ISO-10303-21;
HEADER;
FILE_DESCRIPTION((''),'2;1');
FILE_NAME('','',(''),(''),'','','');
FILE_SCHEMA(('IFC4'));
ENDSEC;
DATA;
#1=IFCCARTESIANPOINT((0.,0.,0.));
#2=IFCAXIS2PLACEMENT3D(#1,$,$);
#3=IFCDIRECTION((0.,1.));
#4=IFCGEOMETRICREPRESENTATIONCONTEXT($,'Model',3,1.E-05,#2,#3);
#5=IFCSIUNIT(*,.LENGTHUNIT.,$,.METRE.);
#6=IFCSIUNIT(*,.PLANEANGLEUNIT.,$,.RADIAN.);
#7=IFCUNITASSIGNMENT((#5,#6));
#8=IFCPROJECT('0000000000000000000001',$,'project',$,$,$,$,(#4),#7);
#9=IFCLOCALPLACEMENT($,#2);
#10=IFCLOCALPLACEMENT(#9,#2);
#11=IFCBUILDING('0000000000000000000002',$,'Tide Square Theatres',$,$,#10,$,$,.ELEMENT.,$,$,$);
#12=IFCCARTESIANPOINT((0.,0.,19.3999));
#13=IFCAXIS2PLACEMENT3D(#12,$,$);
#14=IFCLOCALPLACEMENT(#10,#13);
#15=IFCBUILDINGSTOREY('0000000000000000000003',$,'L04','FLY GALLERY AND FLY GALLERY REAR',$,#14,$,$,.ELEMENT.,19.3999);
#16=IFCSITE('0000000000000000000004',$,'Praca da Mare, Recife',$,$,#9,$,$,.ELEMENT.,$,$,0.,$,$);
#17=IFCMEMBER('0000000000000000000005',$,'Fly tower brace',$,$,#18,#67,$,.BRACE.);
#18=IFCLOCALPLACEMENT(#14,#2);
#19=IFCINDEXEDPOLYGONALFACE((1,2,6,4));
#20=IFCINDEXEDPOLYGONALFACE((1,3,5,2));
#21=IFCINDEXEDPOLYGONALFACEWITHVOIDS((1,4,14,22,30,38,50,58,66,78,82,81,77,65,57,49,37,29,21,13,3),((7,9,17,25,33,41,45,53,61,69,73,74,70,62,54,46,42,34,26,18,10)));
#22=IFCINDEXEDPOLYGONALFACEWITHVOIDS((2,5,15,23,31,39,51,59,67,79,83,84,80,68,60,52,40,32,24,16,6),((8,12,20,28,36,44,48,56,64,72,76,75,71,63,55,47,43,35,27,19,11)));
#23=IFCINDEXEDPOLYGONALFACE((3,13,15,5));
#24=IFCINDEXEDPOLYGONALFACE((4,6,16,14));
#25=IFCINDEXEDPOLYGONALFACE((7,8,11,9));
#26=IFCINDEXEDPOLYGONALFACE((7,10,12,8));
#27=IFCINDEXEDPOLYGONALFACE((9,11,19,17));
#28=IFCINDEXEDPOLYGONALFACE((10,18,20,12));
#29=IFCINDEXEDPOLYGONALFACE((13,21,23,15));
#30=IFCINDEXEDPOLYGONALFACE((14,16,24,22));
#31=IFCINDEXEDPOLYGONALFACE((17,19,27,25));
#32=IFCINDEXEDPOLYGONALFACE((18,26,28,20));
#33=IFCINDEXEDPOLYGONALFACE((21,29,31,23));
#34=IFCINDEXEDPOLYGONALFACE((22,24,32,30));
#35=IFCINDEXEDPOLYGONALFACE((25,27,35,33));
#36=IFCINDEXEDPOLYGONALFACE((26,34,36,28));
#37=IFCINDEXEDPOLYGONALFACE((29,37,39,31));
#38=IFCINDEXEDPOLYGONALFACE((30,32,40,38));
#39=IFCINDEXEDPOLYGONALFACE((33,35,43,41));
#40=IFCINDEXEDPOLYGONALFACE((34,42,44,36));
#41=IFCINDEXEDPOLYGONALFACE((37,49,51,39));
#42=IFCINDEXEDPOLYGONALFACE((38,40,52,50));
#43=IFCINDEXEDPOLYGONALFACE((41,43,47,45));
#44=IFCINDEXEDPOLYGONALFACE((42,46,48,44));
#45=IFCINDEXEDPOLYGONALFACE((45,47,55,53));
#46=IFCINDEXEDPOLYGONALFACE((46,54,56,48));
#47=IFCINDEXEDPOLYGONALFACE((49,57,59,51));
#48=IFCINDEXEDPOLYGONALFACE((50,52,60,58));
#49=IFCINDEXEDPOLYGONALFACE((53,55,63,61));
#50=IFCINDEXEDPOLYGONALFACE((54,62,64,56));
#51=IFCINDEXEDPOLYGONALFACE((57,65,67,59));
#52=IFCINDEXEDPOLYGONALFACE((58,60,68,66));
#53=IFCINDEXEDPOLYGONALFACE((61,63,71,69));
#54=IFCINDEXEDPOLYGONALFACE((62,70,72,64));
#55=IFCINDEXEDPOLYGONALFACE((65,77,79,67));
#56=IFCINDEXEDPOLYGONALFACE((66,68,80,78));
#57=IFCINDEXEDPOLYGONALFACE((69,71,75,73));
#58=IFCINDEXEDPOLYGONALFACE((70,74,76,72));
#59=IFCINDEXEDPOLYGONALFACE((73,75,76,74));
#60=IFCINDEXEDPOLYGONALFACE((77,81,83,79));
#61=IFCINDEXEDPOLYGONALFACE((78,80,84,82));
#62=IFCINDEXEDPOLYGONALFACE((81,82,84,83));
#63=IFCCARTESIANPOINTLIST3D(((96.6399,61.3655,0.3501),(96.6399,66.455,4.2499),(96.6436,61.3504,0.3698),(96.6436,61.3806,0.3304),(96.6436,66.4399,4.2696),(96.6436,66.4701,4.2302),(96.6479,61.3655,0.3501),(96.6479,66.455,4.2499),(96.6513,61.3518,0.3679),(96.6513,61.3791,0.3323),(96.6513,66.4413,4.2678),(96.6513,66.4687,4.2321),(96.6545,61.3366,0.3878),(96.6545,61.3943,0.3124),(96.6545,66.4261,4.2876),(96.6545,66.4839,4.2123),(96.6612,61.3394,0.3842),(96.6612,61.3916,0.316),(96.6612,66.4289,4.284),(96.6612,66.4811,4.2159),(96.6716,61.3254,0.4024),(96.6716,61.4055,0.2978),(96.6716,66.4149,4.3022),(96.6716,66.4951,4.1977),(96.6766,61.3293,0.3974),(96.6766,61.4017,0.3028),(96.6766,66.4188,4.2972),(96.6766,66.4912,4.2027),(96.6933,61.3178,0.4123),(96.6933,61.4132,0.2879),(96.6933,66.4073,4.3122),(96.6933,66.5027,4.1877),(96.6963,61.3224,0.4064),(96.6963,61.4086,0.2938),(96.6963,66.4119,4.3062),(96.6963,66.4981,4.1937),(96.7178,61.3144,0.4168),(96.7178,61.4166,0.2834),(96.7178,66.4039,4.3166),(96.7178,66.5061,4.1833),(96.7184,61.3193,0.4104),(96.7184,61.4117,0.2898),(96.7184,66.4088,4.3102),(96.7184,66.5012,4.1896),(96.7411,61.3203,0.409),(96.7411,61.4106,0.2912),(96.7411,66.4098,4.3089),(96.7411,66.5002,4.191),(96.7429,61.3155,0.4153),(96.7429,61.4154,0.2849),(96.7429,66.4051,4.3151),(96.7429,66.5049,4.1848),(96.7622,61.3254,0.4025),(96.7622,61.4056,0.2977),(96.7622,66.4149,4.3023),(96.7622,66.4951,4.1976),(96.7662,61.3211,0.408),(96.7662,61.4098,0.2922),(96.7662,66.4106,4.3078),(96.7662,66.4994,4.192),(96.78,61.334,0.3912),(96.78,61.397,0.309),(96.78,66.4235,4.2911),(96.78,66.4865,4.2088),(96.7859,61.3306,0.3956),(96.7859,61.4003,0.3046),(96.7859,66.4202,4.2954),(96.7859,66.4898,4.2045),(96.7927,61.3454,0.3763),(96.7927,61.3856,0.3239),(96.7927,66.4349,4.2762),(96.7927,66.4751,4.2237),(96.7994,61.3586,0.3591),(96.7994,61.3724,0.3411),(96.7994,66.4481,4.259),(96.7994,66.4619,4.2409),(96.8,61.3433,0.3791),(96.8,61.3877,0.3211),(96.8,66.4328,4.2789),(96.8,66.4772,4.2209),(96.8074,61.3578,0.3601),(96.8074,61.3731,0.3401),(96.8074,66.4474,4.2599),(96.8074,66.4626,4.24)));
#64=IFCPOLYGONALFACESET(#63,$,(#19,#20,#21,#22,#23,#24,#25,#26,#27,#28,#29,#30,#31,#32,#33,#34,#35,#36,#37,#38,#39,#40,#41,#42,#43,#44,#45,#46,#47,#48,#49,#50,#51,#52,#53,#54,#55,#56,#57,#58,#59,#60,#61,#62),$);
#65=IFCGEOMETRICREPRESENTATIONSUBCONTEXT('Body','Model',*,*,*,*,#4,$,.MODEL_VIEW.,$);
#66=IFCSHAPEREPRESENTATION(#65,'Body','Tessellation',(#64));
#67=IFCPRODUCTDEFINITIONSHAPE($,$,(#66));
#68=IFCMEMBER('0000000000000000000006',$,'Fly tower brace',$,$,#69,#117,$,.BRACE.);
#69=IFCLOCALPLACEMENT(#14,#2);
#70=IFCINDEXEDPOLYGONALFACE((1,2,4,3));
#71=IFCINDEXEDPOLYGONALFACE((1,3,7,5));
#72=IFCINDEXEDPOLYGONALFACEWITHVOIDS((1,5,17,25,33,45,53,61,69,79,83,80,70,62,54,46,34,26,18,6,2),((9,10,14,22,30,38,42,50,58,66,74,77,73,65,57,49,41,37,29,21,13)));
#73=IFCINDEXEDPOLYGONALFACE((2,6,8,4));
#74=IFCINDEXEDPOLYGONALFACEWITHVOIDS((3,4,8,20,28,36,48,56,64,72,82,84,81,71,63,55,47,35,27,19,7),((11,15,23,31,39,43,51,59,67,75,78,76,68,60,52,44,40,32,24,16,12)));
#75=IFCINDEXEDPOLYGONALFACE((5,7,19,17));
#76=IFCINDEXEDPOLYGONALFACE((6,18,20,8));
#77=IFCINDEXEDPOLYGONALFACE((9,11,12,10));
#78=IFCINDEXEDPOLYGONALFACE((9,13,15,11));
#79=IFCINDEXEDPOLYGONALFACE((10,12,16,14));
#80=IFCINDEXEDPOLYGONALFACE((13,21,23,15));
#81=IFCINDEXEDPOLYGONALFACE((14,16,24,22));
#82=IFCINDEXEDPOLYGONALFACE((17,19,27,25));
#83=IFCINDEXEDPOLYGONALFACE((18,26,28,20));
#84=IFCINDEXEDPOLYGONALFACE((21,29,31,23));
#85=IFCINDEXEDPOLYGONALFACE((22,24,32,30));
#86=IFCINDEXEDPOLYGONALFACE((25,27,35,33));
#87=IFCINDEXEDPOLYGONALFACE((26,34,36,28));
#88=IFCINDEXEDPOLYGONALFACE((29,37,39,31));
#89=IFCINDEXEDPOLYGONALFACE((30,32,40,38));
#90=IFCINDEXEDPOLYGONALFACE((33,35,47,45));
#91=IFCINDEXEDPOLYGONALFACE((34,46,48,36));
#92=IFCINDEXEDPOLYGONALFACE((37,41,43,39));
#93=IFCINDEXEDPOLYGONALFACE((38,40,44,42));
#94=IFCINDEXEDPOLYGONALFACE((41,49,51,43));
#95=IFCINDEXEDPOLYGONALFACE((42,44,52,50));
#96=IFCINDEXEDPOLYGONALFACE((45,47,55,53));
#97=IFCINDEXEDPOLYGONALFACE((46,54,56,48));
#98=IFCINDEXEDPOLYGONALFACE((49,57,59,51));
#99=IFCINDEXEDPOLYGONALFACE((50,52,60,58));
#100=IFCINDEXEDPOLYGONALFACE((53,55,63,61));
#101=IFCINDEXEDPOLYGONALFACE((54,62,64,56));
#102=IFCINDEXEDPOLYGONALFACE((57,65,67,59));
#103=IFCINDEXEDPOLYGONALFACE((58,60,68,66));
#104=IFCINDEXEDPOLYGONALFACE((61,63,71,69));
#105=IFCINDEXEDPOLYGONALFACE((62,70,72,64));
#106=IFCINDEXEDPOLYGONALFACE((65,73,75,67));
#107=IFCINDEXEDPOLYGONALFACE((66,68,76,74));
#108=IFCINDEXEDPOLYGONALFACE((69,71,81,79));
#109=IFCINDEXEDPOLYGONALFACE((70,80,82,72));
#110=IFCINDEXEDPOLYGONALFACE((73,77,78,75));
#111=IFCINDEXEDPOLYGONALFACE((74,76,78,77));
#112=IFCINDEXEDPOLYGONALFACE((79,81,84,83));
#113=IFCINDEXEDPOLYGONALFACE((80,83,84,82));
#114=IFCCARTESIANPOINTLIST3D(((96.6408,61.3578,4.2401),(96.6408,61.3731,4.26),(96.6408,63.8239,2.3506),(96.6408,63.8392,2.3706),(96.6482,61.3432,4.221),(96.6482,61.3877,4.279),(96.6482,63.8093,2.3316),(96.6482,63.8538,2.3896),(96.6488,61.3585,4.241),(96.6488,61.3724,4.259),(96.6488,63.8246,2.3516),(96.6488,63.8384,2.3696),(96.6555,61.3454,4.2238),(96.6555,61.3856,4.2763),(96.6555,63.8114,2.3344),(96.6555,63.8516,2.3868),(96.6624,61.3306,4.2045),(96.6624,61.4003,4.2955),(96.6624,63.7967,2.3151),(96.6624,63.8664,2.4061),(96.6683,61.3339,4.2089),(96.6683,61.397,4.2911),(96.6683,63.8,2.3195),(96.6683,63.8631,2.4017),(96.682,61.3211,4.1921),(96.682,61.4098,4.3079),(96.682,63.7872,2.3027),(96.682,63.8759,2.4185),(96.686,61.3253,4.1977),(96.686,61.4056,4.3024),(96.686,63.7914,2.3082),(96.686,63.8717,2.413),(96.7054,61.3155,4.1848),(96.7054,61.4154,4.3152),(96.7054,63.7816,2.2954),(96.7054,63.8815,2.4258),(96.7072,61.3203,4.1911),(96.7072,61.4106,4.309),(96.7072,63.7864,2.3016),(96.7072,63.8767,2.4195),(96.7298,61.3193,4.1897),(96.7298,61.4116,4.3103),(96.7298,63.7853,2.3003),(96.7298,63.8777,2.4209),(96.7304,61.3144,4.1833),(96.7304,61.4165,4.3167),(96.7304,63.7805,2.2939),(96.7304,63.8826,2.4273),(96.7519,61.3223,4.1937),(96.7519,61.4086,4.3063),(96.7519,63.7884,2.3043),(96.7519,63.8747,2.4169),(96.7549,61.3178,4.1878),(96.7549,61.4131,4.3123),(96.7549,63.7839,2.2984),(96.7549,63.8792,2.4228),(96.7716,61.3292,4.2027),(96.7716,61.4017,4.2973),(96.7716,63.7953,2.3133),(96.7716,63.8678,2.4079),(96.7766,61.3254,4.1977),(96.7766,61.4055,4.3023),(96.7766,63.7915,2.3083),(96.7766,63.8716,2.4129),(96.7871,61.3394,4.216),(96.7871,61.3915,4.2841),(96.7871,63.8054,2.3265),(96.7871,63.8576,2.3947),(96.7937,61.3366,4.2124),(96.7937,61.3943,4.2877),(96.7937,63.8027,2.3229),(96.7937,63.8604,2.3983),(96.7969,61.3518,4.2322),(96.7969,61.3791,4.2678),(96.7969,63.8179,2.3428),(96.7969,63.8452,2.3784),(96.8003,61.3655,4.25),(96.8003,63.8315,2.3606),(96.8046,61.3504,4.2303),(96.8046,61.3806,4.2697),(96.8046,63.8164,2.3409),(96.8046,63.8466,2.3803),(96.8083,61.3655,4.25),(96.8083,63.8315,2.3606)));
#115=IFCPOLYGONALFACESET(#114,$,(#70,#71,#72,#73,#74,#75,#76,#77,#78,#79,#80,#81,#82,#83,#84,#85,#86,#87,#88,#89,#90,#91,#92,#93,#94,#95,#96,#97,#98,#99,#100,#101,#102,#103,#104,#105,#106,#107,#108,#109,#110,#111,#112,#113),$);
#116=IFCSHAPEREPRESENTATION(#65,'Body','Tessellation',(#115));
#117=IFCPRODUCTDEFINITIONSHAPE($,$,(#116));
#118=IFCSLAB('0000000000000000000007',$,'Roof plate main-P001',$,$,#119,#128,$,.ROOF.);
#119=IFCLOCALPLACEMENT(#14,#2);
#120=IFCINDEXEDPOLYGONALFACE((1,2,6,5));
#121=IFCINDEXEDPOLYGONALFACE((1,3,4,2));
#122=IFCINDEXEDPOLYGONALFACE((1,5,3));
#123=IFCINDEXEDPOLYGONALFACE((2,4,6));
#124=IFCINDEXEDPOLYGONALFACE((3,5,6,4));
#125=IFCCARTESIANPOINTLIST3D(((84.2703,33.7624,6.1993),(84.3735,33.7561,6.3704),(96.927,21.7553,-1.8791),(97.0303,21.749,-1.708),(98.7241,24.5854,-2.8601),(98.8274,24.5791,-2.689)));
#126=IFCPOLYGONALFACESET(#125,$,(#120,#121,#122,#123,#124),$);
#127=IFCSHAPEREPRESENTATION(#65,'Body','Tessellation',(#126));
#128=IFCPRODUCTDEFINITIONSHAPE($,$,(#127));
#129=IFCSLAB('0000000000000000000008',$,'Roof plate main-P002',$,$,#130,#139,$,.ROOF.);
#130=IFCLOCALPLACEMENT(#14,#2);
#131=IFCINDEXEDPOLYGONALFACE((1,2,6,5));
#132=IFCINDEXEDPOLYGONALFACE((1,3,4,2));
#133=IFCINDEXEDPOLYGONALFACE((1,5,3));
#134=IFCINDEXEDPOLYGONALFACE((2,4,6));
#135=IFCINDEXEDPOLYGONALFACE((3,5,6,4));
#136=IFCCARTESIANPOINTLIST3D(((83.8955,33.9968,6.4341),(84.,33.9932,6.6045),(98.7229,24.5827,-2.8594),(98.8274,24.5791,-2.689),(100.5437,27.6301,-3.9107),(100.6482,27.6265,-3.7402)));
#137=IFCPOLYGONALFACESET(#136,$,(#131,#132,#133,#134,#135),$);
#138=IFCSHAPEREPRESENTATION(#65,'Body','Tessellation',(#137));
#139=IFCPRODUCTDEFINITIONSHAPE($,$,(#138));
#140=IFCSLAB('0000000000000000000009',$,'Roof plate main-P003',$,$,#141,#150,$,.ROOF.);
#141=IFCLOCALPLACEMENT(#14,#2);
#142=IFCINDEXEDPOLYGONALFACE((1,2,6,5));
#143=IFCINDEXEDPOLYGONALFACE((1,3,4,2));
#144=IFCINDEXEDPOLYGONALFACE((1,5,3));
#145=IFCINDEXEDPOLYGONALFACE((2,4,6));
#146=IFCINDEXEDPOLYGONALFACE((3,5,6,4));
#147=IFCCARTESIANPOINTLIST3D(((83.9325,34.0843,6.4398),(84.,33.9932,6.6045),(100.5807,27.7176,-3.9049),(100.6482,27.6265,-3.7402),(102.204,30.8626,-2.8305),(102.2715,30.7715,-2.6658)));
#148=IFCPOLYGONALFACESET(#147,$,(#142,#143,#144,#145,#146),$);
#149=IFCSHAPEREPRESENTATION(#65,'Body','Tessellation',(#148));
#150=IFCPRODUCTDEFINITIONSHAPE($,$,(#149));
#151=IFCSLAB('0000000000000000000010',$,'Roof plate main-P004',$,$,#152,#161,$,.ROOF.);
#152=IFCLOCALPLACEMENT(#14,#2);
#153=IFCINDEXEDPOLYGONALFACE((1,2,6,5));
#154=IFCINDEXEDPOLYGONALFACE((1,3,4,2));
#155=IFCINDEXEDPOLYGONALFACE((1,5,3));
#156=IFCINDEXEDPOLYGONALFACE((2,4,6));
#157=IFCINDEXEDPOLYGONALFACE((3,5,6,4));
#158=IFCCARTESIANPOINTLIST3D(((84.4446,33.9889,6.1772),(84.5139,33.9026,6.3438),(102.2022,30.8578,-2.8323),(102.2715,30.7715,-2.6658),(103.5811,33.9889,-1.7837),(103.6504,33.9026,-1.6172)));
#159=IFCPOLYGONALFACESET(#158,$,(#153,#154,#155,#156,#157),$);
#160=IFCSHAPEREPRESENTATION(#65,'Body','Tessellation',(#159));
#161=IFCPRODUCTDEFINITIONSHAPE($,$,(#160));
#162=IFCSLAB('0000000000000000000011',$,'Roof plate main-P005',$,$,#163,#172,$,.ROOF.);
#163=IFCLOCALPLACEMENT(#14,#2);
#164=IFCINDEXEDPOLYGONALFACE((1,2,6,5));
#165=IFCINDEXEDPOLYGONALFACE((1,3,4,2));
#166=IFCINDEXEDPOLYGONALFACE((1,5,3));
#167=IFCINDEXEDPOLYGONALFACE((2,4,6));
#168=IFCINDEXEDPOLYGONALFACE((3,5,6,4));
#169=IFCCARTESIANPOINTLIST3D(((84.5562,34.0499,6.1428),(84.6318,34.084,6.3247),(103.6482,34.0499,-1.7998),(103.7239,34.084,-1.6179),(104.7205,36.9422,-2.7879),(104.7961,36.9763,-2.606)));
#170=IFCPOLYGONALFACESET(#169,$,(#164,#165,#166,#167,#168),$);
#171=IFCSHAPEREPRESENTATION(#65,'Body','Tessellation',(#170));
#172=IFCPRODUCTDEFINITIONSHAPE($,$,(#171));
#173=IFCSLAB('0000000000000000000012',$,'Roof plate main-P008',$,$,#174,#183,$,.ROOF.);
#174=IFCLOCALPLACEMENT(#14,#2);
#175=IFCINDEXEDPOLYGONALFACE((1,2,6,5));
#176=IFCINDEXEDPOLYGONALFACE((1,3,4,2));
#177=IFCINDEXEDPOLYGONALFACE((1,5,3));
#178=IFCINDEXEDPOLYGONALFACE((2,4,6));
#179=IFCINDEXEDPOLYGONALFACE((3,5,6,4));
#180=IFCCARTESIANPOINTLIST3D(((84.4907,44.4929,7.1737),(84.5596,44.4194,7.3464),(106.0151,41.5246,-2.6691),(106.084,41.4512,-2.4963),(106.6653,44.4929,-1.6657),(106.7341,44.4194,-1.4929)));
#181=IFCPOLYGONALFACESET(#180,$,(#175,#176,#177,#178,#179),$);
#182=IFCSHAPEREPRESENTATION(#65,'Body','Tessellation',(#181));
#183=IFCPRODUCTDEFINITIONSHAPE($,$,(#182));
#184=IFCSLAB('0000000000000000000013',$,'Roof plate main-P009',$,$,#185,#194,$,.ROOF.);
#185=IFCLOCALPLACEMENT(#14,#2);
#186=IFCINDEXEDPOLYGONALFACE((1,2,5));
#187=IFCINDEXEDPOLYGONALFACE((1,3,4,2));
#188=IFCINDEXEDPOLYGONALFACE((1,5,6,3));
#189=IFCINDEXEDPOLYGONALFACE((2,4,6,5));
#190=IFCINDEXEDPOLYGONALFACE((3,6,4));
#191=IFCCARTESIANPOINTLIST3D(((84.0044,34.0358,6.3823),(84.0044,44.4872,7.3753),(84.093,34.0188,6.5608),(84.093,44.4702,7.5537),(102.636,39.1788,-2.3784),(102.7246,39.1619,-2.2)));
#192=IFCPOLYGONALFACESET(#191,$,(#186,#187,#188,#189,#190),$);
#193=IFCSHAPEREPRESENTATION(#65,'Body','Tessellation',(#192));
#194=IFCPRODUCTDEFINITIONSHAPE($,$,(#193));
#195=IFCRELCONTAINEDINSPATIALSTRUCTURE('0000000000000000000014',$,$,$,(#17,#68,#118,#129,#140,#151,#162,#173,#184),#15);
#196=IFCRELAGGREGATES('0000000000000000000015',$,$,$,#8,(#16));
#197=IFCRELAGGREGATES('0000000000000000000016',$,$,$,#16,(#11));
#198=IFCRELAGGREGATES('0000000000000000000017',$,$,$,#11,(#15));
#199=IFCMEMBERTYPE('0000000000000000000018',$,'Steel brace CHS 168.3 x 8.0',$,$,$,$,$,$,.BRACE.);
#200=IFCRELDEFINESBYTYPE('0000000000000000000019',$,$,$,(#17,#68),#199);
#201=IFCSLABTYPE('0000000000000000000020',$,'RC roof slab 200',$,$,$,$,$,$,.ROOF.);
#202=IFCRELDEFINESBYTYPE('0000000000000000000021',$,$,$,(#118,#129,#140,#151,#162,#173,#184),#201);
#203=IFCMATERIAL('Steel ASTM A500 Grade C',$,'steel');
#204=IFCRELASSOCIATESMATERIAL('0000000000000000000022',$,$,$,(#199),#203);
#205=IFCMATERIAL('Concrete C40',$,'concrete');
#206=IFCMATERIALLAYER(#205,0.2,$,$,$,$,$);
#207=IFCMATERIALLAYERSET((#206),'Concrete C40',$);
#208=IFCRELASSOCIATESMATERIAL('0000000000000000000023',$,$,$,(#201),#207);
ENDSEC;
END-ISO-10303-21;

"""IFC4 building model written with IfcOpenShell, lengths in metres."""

from ifc_helpers import new_model, si_unit, direction, frame, origin, origin_2d, place, context, subcontext, project, spatial, polyline, hollow_circle, outline, extrude, material, layer, layer_set, material_profile, profile_set, type_object, element, save


model = new_model("IFC4")

# Units and contexts
model_context = context("Model", 3, precision=1e-05, world=origin(), true_north=direction((0.0, 1.0)))
body_context = subcontext(model_context, "Body", "Model", "MODEL_VIEW")
ifc_project = project(units=[si_unit("LENGTHUNIT", "METRE"), si_unit("PLANEANGLEUNIT", "RADIAN")], contexts=[model_context])

# Site, building, storey
site_placement = place(None, origin())
site = spatial("IfcSite", under=ifc_project, at=site_placement, Name="Praca da Mare, Recife", CompositionType="ELEMENT", RefElevation=0.0)
building_placement = place(site_placement, origin())
building = spatial("IfcBuilding", under=site, at=building_placement, Name="Tide Square Theatres", CompositionType="ELEMENT")
storey_placement = place(building_placement, frame((0.0, 0.0, 19.3999)))
storey = spatial("IfcBuildingStorey", under=building, at=storey_placement, Name="L04", Description="FLY GALLERY AND FLY GALLERY REAR", CompositionType="ELEMENT", Elevation=19.3999)

# Members
ifc_material_1 = material(Name="Steel ASTM A500 Grade C", Category="steel")
ifc_material_profile_1 = material_profile(ifc_material_1, hollow_circle(Radius=0.0842, WallThickness=0.0081, at=origin_2d()))
ifc_profile_set_1 = profile_set([ifc_material_profile_1], Name="Steel ASTM A500 Grade C")
member_type = type_object("IfcMemberType", Name="Steel brace CHS 168.3 x 8.0", PredefinedType="BRACE", material=ifc_profile_set_1)
member_1_placement = place(storey_placement, frame((96.7241, 61.3655, 0.3501), z_axis=(0.0, 0.793766, 0.608223), x_axis=(-1.0, 0.0, 0.0)))
element("IfcMember", 1, at=member_1_placement, inside=storey, type_object=member_type, Name="Fly tower brace", PredefinedType="BRACE", context=body_context, shape_type="SweptSolid", body=[
    extrude(hollow_circle(Radius=0.0842, WallThickness=0.0081, at=origin_2d()), origin(), (0.0, 0.0, 1.0), 6.4119),
])
member_2_placement = place(storey_placement, frame((96.7241, 63.8315, 2.3606), z_axis=(0.0, -0.7938, 0.608179), x_axis=(1.0, 0.0, 0.0)))
element("IfcMember", 2, at=member_2_placement, inside=storey, type_object=member_type, Name="Fly tower brace", PredefinedType="BRACE", context=body_context, shape_type="SweptSolid", body=[
    extrude(hollow_circle(Radius=0.0842, WallThickness=0.0081, at=origin_2d()), origin(), (0.0, 0.0, 1.0), 3.1067),
])

# Slabs
ifc_material_2 = material(Name="Concrete C40", Category="concrete")
ifc_layer_1 = layer(ifc_material_2, 0.2)
ifc_layer_set_1 = layer_set([ifc_layer_1], Name="Concrete C40")
slab_type = type_object("IfcSlabType", Name="RC roof slab 200", PredefinedType="ROOF", material=ifc_layer_set_1)
slab_1_placement = place(storey_placement, frame((98.8274, 24.5791, -2.689), z_axis=(0.516458, -0.03134, 0.855739), x_axis=(-0.746192, 0.47377, 0.467695)))
element("IfcSlab", 3, at=slab_1_placement, inside=storey, type_object=slab_type, Name="Roof plate main-P001", PredefinedType="ROOF", context=body_context, shape_type="SweptSolid", body=[
    extrude(outline(polyline([(0.0, 0.0), (19.3702, 0.0), (0.459, 3.4627), (0.0, 0.0)])), origin(), (0.0, 0.0, -1.0), 0.2),
])
slab_2_placement = place(storey_placement, frame((100.6482, 27.6265, -3.7402), z_axis=(0.522651, -0.018243, 0.852351), x_axis=(-0.807831, 0.308935, 0.501964)))
element("IfcSlab", 4, at=slab_2_placement, inside=storey, type_object=slab_type, Name="Roof plate main-P002", PredefinedType="ROOF", context=body_context, shape_type="SweptSolid", body=[
    extrude(outline(polyline([(0.0, 0.0), (20.6085, 0.0), (1.0572, 3.5481), (0.0, 0.0)])), origin(), (0.0, 0.0, -1.0), 0.2),
])
slab_3_placement = place(storey_placement, frame((102.2715, 30.7715, -2.6658), z_axis=(0.337565, -0.455634, 0.823679), x_axis=(-0.880961, 0.155334, 0.446967)))
element("IfcSlab", 5, at=slab_3_placement, inside=storey, type_object=slab_type, Name="Roof plate main-P003", PredefinedType="ROOF", context=body_context, shape_type="SweptSolid", body=[
    extrude(outline(polyline([(0.0, 0.0), (20.7404, 0.0), (0.4613, 3.6699), (0.0, 0.0)])), origin(), (0.0, 0.0, -1.0), 0.2),
])
slab_4_placement = place(storey_placement, frame((102.2715, 30.7715, -2.6658), z_axis=(0.346495, -0.431526, 0.832903), x_axis=(0.385345, 0.875009, 0.293034)))
element("IfcSlab", 6, at=slab_4_placement, inside=storey, type_object=slab_type, Name="Roof plate main-P004", PredefinedType="ROOF", context=body_context, shape_type="SweptSolid", body=[
    extrude(outline(polyline([(0.0, 0.0), (3.5784, 0.0), (-1.4629, 20.1039), (0.0, 0.0)])), origin(), (0.0, 0.0, -1.0), 0.2),
])
slab_5_placement = place(storey_placement, frame((104.7961, 36.9763, -2.606), z_axis=(0.378483, 0.170471, 0.909775), x_axis=(-0.906573, -0.130037, 0.401516)))
element("IfcSlab", 7, at=slab_5_placement, inside=storey, type_object=slab_type, Name="Roof plate main-P005", PredefinedType="ROOF", context=body_context, shape_type="SweptSolid", body=[
    extrude(outline(polyline([(0.0, 0.0), (22.2423, 0.0), (1.7449, 2.7289), (0.0, 0.0)])), origin(), (0.0, 0.0, -1.0), 0.2),
])
slab_6_placement = place(storey_placement, frame((106.084, 41.4512, -2.4963), z_axis=(0.344382, -0.367479, 0.863922), x_axis=(0.20317, 0.927577, 0.313566)))
element("IfcSlab", 8, at=slab_6_placement, inside=storey, type_object=slab_type, Name="Roof plate main-P008", PredefinedType="ROOF", context=body_context, shape_type="SweptSolid", body=[
    extrude(outline(polyline([(0.0, 0.0), (3.2, 0.0), (1.4665, 23.8084), (0.0, 0.0)])), origin(), (0.0, 0.0, -1.0), 0.2),
])
slab_7_placement = place(storey_placement, frame((102.7246, 39.1619, -2.2), z_axis=(0.443055, -0.084788, 0.892476), x_axis=(-0.859001, 0.244739, 0.449688)))
element("IfcSlab", 9, at=slab_7_placement, inside=storey, type_object=slab_type, Name="Roof plate main-P009", PredefinedType="ROOF", context=body_context, shape_type="SweptSolid", body=[
    extrude(outline(polyline([(0.0, 0.0), (21.6898, 0.0), (18.6855, 10.0594), (0.0, 0.0)])), origin(), (0.0, 0.0, -1.0), 0.2),
])

save(model, "model.ifc")
